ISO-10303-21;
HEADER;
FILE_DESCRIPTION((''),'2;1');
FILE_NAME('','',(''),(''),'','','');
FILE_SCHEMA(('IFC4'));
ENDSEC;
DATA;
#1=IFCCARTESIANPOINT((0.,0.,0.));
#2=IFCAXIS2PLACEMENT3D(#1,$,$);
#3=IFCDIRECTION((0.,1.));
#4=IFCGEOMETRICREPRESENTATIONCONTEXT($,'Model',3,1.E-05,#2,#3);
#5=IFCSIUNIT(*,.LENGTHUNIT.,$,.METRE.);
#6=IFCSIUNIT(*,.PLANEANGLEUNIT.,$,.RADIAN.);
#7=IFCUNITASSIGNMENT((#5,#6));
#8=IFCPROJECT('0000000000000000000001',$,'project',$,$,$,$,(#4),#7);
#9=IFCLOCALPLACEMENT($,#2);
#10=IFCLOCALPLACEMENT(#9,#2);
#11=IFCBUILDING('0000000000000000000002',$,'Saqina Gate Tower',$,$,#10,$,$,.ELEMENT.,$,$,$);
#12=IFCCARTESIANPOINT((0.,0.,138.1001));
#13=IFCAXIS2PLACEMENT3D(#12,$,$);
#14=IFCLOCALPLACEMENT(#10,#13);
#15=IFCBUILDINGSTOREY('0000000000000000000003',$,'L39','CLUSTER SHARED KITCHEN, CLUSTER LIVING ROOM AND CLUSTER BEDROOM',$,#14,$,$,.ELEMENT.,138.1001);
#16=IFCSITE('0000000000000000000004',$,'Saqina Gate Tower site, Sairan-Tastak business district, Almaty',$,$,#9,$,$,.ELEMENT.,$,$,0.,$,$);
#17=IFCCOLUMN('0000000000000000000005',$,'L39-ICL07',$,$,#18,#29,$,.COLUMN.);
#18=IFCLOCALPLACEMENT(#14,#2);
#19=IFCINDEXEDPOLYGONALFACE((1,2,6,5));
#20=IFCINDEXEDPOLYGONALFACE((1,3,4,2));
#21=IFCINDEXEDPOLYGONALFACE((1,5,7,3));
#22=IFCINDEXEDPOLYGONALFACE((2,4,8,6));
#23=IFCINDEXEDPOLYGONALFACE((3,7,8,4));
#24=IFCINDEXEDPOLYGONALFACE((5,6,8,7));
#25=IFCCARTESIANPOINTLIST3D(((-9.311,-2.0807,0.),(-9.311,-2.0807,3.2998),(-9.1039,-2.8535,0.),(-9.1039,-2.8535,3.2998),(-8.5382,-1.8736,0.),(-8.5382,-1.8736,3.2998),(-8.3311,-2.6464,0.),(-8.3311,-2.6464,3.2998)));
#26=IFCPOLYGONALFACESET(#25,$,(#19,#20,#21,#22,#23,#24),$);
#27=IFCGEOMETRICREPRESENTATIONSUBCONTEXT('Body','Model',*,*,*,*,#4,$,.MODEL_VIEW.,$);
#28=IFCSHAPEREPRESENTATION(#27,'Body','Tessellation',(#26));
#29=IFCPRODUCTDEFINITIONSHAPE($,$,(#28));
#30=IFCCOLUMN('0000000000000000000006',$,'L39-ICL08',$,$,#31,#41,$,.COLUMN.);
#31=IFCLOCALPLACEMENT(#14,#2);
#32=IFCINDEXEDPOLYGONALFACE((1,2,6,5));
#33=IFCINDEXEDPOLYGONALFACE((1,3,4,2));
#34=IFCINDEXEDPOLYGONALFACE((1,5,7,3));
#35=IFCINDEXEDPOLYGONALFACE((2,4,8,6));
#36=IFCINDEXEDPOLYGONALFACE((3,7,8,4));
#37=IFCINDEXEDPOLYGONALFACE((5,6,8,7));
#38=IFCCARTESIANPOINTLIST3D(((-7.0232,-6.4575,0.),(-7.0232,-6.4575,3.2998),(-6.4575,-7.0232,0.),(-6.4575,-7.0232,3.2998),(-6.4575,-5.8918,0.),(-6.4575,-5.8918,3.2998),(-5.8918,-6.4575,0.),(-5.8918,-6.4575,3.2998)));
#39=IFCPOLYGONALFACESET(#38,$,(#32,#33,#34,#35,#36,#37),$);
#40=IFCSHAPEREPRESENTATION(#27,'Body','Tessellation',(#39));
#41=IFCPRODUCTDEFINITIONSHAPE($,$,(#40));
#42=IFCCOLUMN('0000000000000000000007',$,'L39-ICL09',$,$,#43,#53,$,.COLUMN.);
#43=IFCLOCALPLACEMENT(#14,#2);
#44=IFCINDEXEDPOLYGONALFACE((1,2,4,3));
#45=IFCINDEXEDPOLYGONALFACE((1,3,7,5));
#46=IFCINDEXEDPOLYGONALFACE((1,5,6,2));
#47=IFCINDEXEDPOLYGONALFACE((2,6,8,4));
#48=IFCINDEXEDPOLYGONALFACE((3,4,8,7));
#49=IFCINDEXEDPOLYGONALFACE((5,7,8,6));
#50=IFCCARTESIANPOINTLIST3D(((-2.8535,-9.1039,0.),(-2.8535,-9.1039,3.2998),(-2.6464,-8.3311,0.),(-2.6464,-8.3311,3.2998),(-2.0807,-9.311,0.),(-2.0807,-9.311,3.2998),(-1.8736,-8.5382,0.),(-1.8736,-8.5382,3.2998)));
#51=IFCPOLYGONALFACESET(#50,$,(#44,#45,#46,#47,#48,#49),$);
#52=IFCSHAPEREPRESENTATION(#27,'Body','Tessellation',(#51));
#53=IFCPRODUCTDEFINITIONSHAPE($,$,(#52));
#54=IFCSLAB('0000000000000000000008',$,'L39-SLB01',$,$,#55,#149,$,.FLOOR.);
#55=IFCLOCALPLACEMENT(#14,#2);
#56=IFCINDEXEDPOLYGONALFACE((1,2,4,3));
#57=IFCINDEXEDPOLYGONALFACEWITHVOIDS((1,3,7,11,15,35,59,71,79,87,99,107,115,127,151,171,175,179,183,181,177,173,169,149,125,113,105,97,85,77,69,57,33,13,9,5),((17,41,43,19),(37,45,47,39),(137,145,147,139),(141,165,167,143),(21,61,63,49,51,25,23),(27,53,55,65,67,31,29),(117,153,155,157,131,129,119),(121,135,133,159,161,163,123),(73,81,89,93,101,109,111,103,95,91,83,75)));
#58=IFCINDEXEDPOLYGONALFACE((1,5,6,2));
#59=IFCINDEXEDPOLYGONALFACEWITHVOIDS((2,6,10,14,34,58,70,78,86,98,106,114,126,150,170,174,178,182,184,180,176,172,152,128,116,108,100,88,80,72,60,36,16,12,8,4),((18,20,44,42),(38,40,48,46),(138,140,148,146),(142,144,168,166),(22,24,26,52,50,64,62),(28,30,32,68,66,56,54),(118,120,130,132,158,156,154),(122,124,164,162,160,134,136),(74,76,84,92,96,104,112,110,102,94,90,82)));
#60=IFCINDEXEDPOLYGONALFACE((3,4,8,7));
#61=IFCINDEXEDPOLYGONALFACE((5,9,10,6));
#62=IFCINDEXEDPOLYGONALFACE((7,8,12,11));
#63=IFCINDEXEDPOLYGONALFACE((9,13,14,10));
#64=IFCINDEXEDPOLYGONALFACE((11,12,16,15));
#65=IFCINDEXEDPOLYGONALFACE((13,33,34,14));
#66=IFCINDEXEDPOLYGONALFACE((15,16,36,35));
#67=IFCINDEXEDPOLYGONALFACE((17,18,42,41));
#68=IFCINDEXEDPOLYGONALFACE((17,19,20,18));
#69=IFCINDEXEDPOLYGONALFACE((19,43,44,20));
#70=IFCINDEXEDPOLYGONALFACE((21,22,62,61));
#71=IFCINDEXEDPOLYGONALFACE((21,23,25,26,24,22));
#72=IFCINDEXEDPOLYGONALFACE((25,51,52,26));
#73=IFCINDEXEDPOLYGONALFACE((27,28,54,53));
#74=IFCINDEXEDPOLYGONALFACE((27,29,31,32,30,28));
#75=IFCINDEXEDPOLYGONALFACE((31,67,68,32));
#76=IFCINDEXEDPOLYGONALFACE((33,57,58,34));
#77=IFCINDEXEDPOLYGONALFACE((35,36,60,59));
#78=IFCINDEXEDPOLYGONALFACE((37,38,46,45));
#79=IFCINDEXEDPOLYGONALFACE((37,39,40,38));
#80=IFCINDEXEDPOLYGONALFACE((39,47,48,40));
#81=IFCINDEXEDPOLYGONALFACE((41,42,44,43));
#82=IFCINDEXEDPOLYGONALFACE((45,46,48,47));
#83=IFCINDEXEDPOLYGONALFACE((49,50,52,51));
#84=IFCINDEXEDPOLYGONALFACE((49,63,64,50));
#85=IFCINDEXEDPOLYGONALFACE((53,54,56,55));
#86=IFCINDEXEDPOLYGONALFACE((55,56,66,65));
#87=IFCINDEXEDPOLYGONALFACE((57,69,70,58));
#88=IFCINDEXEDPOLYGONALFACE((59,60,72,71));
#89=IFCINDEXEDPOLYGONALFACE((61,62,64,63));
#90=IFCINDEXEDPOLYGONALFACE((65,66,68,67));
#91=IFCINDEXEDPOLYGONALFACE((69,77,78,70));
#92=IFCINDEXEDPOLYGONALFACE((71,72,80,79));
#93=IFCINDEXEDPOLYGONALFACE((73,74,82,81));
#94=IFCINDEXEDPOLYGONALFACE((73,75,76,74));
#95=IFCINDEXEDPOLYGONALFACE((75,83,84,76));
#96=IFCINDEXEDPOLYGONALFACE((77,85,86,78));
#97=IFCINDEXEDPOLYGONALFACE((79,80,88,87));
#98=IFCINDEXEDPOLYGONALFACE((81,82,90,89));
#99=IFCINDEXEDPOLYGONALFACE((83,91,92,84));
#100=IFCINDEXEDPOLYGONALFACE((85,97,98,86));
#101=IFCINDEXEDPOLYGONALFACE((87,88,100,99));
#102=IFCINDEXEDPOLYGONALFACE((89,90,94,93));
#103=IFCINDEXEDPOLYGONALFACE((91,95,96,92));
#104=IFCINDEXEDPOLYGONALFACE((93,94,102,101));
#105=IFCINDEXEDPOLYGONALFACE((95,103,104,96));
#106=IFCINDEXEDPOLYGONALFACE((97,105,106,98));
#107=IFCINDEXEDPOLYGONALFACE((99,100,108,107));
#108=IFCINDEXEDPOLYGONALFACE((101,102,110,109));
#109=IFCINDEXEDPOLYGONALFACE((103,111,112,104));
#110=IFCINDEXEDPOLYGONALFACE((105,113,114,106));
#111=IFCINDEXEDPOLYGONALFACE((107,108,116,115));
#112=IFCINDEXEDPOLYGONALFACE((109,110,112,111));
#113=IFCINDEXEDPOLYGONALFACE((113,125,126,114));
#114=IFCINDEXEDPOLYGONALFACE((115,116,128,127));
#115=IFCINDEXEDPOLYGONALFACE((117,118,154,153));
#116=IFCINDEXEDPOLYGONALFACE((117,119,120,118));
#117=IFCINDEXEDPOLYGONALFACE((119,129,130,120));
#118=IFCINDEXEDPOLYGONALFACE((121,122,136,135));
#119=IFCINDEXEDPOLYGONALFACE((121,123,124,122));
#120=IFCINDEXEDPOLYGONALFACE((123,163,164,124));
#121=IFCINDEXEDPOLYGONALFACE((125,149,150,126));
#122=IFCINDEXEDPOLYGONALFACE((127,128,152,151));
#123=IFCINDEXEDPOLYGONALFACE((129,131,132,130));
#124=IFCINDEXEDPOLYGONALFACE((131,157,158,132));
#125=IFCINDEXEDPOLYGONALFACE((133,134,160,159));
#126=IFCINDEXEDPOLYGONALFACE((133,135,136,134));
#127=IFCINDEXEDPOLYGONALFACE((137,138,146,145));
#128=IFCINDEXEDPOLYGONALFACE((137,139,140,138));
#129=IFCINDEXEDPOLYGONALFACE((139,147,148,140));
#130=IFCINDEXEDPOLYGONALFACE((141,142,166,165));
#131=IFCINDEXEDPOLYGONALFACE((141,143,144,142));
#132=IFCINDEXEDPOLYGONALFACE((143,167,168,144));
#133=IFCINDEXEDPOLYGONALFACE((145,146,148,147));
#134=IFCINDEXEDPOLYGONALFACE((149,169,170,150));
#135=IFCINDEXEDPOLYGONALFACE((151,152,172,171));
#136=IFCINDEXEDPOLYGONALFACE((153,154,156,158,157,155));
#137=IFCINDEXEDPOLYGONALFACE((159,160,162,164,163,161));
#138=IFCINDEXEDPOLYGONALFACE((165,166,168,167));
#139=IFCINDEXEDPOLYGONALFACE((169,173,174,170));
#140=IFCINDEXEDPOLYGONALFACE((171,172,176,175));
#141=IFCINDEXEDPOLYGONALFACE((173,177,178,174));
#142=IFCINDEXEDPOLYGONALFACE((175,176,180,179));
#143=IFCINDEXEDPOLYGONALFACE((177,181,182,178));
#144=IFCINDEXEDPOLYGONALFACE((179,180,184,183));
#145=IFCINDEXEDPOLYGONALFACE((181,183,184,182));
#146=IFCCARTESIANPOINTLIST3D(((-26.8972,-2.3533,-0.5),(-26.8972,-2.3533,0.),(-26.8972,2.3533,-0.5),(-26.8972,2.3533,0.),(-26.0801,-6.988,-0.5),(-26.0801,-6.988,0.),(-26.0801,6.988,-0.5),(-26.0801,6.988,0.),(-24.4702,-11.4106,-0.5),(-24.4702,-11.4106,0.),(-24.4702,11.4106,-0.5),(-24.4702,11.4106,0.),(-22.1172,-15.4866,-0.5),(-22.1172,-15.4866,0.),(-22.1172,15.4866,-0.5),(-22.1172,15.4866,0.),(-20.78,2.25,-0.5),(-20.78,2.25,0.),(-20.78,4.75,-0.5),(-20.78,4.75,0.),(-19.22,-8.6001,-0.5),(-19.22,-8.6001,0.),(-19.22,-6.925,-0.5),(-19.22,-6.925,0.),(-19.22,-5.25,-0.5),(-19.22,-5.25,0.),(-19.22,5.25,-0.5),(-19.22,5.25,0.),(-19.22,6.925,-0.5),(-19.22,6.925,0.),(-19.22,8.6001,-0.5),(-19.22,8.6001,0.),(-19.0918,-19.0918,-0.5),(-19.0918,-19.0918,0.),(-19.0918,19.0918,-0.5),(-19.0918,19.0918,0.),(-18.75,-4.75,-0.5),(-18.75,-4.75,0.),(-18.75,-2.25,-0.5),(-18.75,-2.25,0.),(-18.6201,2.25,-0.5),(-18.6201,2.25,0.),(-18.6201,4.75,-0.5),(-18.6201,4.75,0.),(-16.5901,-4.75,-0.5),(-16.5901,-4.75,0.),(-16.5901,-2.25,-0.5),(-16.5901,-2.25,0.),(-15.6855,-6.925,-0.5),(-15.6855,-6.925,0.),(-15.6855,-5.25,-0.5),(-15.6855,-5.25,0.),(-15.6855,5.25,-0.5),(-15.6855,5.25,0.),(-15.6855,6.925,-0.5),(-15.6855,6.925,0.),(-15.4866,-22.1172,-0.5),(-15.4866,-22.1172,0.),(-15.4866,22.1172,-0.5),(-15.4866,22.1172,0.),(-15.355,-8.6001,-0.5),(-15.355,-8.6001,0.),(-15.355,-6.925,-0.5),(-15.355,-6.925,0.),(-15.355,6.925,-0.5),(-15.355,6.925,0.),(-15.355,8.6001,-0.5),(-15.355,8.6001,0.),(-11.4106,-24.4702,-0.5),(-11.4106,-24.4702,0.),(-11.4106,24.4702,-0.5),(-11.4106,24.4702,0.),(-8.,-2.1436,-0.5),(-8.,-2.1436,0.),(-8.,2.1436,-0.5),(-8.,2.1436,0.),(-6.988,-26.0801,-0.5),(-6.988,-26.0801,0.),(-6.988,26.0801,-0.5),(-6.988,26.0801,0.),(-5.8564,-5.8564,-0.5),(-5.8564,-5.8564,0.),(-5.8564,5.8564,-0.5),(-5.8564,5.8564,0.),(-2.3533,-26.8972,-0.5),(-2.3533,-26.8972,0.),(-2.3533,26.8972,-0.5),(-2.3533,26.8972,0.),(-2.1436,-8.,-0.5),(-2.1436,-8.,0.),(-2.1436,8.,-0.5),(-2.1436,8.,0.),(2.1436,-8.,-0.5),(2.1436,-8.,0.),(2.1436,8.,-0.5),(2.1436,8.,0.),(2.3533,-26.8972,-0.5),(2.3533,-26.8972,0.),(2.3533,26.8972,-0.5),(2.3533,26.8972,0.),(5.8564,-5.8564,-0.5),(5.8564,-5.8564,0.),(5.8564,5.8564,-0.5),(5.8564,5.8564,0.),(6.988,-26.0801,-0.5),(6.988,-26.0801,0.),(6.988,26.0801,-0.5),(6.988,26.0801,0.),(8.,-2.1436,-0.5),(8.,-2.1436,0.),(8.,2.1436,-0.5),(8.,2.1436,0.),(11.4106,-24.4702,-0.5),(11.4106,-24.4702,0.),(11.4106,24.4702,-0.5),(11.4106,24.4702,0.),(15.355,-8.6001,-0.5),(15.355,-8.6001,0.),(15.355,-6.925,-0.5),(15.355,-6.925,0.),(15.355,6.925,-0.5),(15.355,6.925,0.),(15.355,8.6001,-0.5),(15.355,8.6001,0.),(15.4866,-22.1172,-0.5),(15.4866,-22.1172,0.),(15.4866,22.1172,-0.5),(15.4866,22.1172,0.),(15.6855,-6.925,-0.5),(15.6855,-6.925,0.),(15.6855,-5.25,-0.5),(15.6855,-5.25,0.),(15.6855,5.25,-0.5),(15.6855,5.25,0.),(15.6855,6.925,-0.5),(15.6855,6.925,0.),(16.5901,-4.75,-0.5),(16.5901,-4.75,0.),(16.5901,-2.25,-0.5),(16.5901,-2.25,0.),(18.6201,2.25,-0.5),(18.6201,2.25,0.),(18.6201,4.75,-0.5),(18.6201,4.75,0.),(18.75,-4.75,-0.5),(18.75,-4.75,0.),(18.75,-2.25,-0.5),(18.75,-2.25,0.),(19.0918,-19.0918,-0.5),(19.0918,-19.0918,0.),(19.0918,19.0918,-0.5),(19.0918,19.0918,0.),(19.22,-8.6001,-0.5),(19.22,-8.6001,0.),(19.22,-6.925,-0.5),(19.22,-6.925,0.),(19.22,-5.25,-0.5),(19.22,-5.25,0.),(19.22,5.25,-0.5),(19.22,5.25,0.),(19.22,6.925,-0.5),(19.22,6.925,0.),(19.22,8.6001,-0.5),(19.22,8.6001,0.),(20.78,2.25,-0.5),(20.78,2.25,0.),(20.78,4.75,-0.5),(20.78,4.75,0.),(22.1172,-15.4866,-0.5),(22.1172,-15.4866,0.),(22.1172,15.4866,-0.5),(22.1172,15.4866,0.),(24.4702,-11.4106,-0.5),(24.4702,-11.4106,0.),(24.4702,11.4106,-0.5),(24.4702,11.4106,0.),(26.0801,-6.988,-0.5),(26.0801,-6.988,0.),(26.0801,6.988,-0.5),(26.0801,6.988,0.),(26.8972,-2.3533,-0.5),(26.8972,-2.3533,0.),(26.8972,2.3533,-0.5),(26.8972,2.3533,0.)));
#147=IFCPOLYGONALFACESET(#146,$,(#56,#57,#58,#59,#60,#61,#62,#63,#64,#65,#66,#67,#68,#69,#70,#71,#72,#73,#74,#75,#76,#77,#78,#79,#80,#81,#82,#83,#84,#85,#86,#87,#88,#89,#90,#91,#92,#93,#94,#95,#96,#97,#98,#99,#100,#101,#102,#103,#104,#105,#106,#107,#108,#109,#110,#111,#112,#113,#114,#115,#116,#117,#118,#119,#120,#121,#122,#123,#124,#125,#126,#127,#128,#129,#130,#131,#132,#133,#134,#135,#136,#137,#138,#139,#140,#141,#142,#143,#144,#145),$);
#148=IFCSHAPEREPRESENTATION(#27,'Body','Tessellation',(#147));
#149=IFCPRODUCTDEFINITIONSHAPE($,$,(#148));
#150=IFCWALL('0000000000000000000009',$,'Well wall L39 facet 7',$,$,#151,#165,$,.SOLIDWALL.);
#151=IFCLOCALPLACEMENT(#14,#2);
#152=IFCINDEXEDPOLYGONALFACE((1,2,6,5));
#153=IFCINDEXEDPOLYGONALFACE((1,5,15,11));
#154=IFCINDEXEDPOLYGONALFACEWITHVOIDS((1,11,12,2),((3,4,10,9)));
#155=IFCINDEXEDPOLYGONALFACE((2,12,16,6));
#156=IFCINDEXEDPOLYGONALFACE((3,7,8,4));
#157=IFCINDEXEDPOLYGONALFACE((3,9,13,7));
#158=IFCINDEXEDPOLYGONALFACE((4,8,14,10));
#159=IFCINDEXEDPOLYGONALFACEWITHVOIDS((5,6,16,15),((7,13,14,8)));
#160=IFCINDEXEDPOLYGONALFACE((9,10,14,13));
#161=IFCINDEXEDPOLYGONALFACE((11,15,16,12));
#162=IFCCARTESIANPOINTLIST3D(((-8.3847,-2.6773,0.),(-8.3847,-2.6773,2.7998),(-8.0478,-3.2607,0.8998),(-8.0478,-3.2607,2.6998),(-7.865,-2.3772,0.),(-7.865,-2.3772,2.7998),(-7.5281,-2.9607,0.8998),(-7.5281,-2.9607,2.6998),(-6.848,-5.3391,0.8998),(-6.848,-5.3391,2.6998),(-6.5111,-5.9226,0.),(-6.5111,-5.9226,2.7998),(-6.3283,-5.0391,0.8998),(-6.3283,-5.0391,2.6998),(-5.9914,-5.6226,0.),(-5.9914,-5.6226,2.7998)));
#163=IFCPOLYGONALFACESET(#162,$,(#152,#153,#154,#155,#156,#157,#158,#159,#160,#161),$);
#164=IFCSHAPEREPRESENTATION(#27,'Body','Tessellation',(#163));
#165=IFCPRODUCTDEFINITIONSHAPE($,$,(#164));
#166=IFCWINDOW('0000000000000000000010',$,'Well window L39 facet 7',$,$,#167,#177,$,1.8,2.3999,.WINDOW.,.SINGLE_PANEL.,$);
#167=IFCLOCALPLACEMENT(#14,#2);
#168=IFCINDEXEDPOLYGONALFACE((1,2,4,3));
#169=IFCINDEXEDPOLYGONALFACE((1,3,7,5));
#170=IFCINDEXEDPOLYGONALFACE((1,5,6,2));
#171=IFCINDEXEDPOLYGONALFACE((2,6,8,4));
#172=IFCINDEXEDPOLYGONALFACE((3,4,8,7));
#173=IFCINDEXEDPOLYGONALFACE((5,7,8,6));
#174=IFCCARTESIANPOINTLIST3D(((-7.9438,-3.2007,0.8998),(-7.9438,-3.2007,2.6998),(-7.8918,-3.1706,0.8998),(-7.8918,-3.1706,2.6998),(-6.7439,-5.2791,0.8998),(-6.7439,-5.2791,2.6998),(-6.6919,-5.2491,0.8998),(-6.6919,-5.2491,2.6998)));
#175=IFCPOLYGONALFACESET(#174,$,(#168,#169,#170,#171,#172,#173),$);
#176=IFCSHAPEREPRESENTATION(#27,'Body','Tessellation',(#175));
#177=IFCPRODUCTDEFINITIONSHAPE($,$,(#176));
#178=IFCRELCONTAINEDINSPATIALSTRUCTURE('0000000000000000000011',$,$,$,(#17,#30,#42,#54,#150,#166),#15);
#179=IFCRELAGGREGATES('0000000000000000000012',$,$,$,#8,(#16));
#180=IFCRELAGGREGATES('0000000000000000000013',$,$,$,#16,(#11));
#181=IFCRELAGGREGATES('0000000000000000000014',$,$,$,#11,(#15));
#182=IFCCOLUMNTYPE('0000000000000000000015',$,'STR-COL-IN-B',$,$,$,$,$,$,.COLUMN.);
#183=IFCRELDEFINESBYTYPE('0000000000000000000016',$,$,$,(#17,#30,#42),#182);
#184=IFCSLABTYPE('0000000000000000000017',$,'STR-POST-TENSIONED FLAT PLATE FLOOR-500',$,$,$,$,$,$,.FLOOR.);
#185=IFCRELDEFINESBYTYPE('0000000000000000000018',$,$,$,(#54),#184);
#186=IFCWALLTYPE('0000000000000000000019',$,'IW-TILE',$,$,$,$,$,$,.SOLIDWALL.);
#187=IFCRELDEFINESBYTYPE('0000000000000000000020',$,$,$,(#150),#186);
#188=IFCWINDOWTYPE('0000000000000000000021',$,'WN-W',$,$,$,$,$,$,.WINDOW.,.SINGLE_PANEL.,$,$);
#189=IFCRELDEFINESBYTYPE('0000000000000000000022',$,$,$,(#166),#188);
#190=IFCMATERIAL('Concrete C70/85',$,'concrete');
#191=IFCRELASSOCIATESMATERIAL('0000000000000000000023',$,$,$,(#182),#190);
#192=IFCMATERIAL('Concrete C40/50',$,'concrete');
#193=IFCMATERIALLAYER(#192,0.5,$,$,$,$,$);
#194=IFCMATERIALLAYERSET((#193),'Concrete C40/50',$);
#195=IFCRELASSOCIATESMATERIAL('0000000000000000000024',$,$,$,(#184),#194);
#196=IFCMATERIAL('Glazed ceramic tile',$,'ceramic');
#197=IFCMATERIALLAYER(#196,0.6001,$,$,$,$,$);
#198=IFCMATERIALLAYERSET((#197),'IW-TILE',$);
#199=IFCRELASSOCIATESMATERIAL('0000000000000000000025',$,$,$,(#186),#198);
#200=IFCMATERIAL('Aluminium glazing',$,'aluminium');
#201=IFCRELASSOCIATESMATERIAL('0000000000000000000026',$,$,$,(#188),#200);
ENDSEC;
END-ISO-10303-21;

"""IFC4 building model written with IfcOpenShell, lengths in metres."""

from ifc_helpers import new_model, si_unit, direction, frame, frame_2d, origin, origin_2d, place, context, subcontext, project, spatial, polyline, rectangle, outline, extrude, material, layer, layer_set, material_profile, profile_set, type_object, element, fill, save


model = new_model("IFC4")

# Units and contexts
model_context = context("Model", 3, precision=1e-05, world=origin(), true_north=direction((0.0, 1.0)))
body_context = subcontext(model_context, "Body", "Model", "MODEL_VIEW")
ifc_project = project(units=[si_unit("LENGTHUNIT", "METRE"), si_unit("PLANEANGLEUNIT", "RADIAN")], contexts=[model_context])

# Site, building, storey
site_placement = place(None, origin())
site = spatial("IfcSite", under=ifc_project, at=site_placement, Name="Saqina Gate Tower site, Sairan-Tastak business district, Almaty", CompositionType="ELEMENT", RefElevation=0.0)
building_placement = place(site_placement, origin())
building = spatial("IfcBuilding", under=site, at=building_placement, Name="Saqina Gate Tower", CompositionType="ELEMENT")
storey_placement = place(building_placement, frame((0.0, 0.0, 138.1001)))
storey = spatial("IfcBuildingStorey", under=building, at=storey_placement, Name="L39", Description="CLUSTER SHARED KITCHEN, CLUSTER LIVING ROOM AND CLUSTER BEDROOM", CompositionType="ELEMENT", Elevation=138.1001)

# Columns
ifc_material_1 = material(Name="Concrete C70/85", Category="concrete")
ifc_material_profile = material_profile(ifc_material_1, rectangle(XDim=0.8, YDim=0.8, at=origin_2d()), Name="RC 800x800")
ifc_profile_set = profile_set([ifc_material_profile], Name="Concrete C70/85")
column_type = type_object("IfcColumnType", Name="STR-COL-IN-B", PredefinedType="COLUMN", material=ifc_profile_set)
for number, where, z_axis, x_axis, name in (
    (1, (-8.821, -2.3635, 0.0), (0.0, 0.0, 1.0), (-0.965926, -0.258819, 0.0), "L39-ICL07"),
    (2, (-6.4575, -6.4575, 0.0), (0.0, 0.0, 1.0), (-0.707107, -0.707107, 0.0), "L39-ICL08"),
    (3, (-2.3635, -8.821, 0.0), (0.0, 0.0, 1.0), (-0.258819, -0.965926, 0.0), "L39-ICL09"),
):
    element("IfcColumn", number, at=place(storey_placement, frame(where, z_axis=z_axis, x_axis=x_axis)), inside=storey, type_object=column_type, Name=name, PredefinedType="COLUMN", context=body_context, shape_type="SweptSolid", body=[
        extrude(rectangle(XDim=0.8, YDim=0.8, at=origin_2d()), origin(), (0.0, 0.0, 1.0), 3.2998),
    ])

# Slab
ifc_material_2 = material(Name="Concrete C40/50", Category="concrete")
ifc_layer_1 = layer(ifc_material_2, 0.5)
ifc_layer_set_1 = layer_set([ifc_layer_1], Name="Concrete C40/50")
slab_type = type_object("IfcSlabType", Name="STR-POST-TENSIONED FLAT PLATE FLOOR-500", PredefinedType="FLOOR", material=ifc_layer_set_1)
slab_placement = place(storey_placement, frame((0.0, 0.0, -0.5)))
element("IfcSlab", 4, at=slab_placement, inside=storey, type_object=slab_type, Name="L39-SLB01", PredefinedType="FLOOR", context=body_context, shape_type="SweptSolid", body=[
    extrude(outline(polyline([(26.0801, -6.988), (26.8972, -2.3533), (26.8972, 2.3533), (26.0801, 6.988), (24.4702, 11.4106), (22.1172, 15.4866), (19.0918, 19.0918), (15.4866, 22.1172), (11.4106, 24.4702), (6.988, 26.0801), (2.3533, 26.8972), (-2.3533, 26.8972), (-6.988, 26.0801), (-11.4106, 24.4702), (-15.4866, 22.1172), (-19.0918, 19.0918), (-22.1172, 15.4866), (-24.4702, 11.4106), (-26.0801, 6.988), (-26.8972, 2.3533), (-26.8972, -2.3533), (-26.0801, -6.988), (-24.4702, -11.4106), (-22.1172, -15.4866), (-19.0918, -19.0918), (-15.4866, -22.1172), (-11.4106, -24.4702), (-6.988, -26.0801), (-2.3533, -26.8972), (2.3533, -26.8972), (6.988, -26.0801), (11.4106, -24.4702), (15.4866, -22.1172), (19.0918, -19.0918), (22.1172, -15.4866), (24.4702, -11.4106), (26.0801, -6.988)]), holes=[polyline([(2.1436, 8.0), (5.8564, 5.8564), (8.0, 2.1436), (8.0, -2.1436), (5.8564, -5.8564), (2.1436, -8.0), (-2.1436, -8.0), (-5.8564, -5.8564), (-8.0, -2.1436), (-8.0, 2.1436), (-5.8564, 5.8564), (-2.1436, 8.0), (2.1436, 8.0)]), polyline([(-15.355, -8.6001), (-19.22, -8.6001), (-19.22, -6.925), (-19.22, -5.25), (-15.6855, -5.25), (-15.6855, -6.925), (-15.355, -6.925), (-15.355, -8.6001)]), polyline([(-16.5901, -2.25), (-16.5901, -4.75), (-18.75, -4.75), (-18.75, -2.25), (-16.5901, -2.25)]), polyline([(-20.78, 4.75), (-18.6201, 4.75), (-18.6201, 2.25), (-20.78, 2.25), (-20.78, 4.75)]), polyline([(-19.22, 6.925), (-19.22, 8.6001), (-15.355, 8.6001), (-15.355, 6.925), (-15.6855, 6.925), (-15.6855, 5.25), (-19.22, 5.25), (-19.22, 6.925)]), polyline([(15.355, -8.6001), (15.355, -6.925), (15.6855, -6.925), (15.6855, -5.25), (19.22, -5.25), (19.22, -6.925), (19.22, -8.6001), (15.355, -8.6001)]), polyline([(18.75, -2.25), (18.75, -4.75), (16.5901, -4.75), (16.5901, -2.25), (18.75, -2.25)]), polyline([(18.6201, 4.75), (20.78, 4.75), (20.78, 2.25), (18.6201, 2.25), (18.6201, 4.75)]), polyline([(15.6855, 6.925), (15.355, 6.925), (15.355, 8.6001), (19.22, 8.6001), (19.22, 6.925), (19.22, 5.25), (15.6855, 5.25), (15.6855, 6.925)])]), origin(), (0.0, 0.0, 1.0), 0.5),
])

# Wall, opening, window
ifc_material_3 = material(Name="Glazed ceramic tile", Category="ceramic")
ifc_layer_2 = layer(ifc_material_3, 0.6001)
ifc_layer_set_2 = layer_set([ifc_layer_2], Name="IW-TILE")
wall_type_1 = type_object("IfcWallType", Name="IW-TILE", PredefinedType="SOLIDWALL", material=ifc_layer_set_2)
wall_1_placement = place(storey_placement, frame((-8.1248, -2.5273, 0.0), z_axis=(0.0, 0.0, 1.0), x_axis=(0.499965, -0.866046, 0.0)))
wall_1 = element("IfcWall", 5, at=wall_1_placement, inside=storey, type_object=wall_type_1, Name="Well wall L39 facet 7", PredefinedType="SOLIDWALL", context=body_context, shape_type="SweptSolid", body=[
    extrude(rectangle(XDim=3.7473, YDim=0.6001, at=frame_2d((1.8735, 0.0))), origin(), (0.0, 0.0, 1.0), 2.7998),
])
opening_1_placement = place(wall_1_placement, frame((0.6736, 0.0, 0.8999)))
opening_1 = element("IfcOpeningElement", 6, at=opening_1_placement, cuts=wall_1, PredefinedType="OPENING", context=body_context, shape_type="SweptSolid", body=[
    extrude(rectangle(XDim=2.3999, YDim=1.8, at=frame_2d((1.2, 0.8999))), frame((0.0, 0.312, 0.0), z_axis=(0.0, -1.0, 0.0), x_axis=(1.0, 0.0, 0.0)), (0.0, 0.0, 1.0), 0.624),
])
ifc_material_4 = material(Name="Aluminium glazing", Category="aluminium")
window_type = type_object("IfcWindowType", Name="WN-W", PartitioningType="SINGLE_PANEL", PredefinedType="WINDOW", material=ifc_material_4)
window_1_placement = place(opening_1_placement, origin())
window_1 = element("IfcWindow", 7, at=window_1_placement, inside=storey, type_object=window_type, Name="Well window L39 facet 7", OverallHeight=1.8, OverallWidth=2.3999, PartitioningType="SINGLE_PANEL", PredefinedType="WINDOW", context=body_context, shape_type="SweptSolid", body=[
    extrude(rectangle(XDim=2.3999, YDim=1.8, at=frame_2d((1.2, 0.8999))), frame((0.0, -0.1199, 0.0), z_axis=(0.0, -1.0, 0.0), x_axis=(1.0, 0.0, 0.0)), (0.0, 0.0, 1.0), 0.0601),
])
fill(opening_1, window_1)

save(model, "model.ifc")
